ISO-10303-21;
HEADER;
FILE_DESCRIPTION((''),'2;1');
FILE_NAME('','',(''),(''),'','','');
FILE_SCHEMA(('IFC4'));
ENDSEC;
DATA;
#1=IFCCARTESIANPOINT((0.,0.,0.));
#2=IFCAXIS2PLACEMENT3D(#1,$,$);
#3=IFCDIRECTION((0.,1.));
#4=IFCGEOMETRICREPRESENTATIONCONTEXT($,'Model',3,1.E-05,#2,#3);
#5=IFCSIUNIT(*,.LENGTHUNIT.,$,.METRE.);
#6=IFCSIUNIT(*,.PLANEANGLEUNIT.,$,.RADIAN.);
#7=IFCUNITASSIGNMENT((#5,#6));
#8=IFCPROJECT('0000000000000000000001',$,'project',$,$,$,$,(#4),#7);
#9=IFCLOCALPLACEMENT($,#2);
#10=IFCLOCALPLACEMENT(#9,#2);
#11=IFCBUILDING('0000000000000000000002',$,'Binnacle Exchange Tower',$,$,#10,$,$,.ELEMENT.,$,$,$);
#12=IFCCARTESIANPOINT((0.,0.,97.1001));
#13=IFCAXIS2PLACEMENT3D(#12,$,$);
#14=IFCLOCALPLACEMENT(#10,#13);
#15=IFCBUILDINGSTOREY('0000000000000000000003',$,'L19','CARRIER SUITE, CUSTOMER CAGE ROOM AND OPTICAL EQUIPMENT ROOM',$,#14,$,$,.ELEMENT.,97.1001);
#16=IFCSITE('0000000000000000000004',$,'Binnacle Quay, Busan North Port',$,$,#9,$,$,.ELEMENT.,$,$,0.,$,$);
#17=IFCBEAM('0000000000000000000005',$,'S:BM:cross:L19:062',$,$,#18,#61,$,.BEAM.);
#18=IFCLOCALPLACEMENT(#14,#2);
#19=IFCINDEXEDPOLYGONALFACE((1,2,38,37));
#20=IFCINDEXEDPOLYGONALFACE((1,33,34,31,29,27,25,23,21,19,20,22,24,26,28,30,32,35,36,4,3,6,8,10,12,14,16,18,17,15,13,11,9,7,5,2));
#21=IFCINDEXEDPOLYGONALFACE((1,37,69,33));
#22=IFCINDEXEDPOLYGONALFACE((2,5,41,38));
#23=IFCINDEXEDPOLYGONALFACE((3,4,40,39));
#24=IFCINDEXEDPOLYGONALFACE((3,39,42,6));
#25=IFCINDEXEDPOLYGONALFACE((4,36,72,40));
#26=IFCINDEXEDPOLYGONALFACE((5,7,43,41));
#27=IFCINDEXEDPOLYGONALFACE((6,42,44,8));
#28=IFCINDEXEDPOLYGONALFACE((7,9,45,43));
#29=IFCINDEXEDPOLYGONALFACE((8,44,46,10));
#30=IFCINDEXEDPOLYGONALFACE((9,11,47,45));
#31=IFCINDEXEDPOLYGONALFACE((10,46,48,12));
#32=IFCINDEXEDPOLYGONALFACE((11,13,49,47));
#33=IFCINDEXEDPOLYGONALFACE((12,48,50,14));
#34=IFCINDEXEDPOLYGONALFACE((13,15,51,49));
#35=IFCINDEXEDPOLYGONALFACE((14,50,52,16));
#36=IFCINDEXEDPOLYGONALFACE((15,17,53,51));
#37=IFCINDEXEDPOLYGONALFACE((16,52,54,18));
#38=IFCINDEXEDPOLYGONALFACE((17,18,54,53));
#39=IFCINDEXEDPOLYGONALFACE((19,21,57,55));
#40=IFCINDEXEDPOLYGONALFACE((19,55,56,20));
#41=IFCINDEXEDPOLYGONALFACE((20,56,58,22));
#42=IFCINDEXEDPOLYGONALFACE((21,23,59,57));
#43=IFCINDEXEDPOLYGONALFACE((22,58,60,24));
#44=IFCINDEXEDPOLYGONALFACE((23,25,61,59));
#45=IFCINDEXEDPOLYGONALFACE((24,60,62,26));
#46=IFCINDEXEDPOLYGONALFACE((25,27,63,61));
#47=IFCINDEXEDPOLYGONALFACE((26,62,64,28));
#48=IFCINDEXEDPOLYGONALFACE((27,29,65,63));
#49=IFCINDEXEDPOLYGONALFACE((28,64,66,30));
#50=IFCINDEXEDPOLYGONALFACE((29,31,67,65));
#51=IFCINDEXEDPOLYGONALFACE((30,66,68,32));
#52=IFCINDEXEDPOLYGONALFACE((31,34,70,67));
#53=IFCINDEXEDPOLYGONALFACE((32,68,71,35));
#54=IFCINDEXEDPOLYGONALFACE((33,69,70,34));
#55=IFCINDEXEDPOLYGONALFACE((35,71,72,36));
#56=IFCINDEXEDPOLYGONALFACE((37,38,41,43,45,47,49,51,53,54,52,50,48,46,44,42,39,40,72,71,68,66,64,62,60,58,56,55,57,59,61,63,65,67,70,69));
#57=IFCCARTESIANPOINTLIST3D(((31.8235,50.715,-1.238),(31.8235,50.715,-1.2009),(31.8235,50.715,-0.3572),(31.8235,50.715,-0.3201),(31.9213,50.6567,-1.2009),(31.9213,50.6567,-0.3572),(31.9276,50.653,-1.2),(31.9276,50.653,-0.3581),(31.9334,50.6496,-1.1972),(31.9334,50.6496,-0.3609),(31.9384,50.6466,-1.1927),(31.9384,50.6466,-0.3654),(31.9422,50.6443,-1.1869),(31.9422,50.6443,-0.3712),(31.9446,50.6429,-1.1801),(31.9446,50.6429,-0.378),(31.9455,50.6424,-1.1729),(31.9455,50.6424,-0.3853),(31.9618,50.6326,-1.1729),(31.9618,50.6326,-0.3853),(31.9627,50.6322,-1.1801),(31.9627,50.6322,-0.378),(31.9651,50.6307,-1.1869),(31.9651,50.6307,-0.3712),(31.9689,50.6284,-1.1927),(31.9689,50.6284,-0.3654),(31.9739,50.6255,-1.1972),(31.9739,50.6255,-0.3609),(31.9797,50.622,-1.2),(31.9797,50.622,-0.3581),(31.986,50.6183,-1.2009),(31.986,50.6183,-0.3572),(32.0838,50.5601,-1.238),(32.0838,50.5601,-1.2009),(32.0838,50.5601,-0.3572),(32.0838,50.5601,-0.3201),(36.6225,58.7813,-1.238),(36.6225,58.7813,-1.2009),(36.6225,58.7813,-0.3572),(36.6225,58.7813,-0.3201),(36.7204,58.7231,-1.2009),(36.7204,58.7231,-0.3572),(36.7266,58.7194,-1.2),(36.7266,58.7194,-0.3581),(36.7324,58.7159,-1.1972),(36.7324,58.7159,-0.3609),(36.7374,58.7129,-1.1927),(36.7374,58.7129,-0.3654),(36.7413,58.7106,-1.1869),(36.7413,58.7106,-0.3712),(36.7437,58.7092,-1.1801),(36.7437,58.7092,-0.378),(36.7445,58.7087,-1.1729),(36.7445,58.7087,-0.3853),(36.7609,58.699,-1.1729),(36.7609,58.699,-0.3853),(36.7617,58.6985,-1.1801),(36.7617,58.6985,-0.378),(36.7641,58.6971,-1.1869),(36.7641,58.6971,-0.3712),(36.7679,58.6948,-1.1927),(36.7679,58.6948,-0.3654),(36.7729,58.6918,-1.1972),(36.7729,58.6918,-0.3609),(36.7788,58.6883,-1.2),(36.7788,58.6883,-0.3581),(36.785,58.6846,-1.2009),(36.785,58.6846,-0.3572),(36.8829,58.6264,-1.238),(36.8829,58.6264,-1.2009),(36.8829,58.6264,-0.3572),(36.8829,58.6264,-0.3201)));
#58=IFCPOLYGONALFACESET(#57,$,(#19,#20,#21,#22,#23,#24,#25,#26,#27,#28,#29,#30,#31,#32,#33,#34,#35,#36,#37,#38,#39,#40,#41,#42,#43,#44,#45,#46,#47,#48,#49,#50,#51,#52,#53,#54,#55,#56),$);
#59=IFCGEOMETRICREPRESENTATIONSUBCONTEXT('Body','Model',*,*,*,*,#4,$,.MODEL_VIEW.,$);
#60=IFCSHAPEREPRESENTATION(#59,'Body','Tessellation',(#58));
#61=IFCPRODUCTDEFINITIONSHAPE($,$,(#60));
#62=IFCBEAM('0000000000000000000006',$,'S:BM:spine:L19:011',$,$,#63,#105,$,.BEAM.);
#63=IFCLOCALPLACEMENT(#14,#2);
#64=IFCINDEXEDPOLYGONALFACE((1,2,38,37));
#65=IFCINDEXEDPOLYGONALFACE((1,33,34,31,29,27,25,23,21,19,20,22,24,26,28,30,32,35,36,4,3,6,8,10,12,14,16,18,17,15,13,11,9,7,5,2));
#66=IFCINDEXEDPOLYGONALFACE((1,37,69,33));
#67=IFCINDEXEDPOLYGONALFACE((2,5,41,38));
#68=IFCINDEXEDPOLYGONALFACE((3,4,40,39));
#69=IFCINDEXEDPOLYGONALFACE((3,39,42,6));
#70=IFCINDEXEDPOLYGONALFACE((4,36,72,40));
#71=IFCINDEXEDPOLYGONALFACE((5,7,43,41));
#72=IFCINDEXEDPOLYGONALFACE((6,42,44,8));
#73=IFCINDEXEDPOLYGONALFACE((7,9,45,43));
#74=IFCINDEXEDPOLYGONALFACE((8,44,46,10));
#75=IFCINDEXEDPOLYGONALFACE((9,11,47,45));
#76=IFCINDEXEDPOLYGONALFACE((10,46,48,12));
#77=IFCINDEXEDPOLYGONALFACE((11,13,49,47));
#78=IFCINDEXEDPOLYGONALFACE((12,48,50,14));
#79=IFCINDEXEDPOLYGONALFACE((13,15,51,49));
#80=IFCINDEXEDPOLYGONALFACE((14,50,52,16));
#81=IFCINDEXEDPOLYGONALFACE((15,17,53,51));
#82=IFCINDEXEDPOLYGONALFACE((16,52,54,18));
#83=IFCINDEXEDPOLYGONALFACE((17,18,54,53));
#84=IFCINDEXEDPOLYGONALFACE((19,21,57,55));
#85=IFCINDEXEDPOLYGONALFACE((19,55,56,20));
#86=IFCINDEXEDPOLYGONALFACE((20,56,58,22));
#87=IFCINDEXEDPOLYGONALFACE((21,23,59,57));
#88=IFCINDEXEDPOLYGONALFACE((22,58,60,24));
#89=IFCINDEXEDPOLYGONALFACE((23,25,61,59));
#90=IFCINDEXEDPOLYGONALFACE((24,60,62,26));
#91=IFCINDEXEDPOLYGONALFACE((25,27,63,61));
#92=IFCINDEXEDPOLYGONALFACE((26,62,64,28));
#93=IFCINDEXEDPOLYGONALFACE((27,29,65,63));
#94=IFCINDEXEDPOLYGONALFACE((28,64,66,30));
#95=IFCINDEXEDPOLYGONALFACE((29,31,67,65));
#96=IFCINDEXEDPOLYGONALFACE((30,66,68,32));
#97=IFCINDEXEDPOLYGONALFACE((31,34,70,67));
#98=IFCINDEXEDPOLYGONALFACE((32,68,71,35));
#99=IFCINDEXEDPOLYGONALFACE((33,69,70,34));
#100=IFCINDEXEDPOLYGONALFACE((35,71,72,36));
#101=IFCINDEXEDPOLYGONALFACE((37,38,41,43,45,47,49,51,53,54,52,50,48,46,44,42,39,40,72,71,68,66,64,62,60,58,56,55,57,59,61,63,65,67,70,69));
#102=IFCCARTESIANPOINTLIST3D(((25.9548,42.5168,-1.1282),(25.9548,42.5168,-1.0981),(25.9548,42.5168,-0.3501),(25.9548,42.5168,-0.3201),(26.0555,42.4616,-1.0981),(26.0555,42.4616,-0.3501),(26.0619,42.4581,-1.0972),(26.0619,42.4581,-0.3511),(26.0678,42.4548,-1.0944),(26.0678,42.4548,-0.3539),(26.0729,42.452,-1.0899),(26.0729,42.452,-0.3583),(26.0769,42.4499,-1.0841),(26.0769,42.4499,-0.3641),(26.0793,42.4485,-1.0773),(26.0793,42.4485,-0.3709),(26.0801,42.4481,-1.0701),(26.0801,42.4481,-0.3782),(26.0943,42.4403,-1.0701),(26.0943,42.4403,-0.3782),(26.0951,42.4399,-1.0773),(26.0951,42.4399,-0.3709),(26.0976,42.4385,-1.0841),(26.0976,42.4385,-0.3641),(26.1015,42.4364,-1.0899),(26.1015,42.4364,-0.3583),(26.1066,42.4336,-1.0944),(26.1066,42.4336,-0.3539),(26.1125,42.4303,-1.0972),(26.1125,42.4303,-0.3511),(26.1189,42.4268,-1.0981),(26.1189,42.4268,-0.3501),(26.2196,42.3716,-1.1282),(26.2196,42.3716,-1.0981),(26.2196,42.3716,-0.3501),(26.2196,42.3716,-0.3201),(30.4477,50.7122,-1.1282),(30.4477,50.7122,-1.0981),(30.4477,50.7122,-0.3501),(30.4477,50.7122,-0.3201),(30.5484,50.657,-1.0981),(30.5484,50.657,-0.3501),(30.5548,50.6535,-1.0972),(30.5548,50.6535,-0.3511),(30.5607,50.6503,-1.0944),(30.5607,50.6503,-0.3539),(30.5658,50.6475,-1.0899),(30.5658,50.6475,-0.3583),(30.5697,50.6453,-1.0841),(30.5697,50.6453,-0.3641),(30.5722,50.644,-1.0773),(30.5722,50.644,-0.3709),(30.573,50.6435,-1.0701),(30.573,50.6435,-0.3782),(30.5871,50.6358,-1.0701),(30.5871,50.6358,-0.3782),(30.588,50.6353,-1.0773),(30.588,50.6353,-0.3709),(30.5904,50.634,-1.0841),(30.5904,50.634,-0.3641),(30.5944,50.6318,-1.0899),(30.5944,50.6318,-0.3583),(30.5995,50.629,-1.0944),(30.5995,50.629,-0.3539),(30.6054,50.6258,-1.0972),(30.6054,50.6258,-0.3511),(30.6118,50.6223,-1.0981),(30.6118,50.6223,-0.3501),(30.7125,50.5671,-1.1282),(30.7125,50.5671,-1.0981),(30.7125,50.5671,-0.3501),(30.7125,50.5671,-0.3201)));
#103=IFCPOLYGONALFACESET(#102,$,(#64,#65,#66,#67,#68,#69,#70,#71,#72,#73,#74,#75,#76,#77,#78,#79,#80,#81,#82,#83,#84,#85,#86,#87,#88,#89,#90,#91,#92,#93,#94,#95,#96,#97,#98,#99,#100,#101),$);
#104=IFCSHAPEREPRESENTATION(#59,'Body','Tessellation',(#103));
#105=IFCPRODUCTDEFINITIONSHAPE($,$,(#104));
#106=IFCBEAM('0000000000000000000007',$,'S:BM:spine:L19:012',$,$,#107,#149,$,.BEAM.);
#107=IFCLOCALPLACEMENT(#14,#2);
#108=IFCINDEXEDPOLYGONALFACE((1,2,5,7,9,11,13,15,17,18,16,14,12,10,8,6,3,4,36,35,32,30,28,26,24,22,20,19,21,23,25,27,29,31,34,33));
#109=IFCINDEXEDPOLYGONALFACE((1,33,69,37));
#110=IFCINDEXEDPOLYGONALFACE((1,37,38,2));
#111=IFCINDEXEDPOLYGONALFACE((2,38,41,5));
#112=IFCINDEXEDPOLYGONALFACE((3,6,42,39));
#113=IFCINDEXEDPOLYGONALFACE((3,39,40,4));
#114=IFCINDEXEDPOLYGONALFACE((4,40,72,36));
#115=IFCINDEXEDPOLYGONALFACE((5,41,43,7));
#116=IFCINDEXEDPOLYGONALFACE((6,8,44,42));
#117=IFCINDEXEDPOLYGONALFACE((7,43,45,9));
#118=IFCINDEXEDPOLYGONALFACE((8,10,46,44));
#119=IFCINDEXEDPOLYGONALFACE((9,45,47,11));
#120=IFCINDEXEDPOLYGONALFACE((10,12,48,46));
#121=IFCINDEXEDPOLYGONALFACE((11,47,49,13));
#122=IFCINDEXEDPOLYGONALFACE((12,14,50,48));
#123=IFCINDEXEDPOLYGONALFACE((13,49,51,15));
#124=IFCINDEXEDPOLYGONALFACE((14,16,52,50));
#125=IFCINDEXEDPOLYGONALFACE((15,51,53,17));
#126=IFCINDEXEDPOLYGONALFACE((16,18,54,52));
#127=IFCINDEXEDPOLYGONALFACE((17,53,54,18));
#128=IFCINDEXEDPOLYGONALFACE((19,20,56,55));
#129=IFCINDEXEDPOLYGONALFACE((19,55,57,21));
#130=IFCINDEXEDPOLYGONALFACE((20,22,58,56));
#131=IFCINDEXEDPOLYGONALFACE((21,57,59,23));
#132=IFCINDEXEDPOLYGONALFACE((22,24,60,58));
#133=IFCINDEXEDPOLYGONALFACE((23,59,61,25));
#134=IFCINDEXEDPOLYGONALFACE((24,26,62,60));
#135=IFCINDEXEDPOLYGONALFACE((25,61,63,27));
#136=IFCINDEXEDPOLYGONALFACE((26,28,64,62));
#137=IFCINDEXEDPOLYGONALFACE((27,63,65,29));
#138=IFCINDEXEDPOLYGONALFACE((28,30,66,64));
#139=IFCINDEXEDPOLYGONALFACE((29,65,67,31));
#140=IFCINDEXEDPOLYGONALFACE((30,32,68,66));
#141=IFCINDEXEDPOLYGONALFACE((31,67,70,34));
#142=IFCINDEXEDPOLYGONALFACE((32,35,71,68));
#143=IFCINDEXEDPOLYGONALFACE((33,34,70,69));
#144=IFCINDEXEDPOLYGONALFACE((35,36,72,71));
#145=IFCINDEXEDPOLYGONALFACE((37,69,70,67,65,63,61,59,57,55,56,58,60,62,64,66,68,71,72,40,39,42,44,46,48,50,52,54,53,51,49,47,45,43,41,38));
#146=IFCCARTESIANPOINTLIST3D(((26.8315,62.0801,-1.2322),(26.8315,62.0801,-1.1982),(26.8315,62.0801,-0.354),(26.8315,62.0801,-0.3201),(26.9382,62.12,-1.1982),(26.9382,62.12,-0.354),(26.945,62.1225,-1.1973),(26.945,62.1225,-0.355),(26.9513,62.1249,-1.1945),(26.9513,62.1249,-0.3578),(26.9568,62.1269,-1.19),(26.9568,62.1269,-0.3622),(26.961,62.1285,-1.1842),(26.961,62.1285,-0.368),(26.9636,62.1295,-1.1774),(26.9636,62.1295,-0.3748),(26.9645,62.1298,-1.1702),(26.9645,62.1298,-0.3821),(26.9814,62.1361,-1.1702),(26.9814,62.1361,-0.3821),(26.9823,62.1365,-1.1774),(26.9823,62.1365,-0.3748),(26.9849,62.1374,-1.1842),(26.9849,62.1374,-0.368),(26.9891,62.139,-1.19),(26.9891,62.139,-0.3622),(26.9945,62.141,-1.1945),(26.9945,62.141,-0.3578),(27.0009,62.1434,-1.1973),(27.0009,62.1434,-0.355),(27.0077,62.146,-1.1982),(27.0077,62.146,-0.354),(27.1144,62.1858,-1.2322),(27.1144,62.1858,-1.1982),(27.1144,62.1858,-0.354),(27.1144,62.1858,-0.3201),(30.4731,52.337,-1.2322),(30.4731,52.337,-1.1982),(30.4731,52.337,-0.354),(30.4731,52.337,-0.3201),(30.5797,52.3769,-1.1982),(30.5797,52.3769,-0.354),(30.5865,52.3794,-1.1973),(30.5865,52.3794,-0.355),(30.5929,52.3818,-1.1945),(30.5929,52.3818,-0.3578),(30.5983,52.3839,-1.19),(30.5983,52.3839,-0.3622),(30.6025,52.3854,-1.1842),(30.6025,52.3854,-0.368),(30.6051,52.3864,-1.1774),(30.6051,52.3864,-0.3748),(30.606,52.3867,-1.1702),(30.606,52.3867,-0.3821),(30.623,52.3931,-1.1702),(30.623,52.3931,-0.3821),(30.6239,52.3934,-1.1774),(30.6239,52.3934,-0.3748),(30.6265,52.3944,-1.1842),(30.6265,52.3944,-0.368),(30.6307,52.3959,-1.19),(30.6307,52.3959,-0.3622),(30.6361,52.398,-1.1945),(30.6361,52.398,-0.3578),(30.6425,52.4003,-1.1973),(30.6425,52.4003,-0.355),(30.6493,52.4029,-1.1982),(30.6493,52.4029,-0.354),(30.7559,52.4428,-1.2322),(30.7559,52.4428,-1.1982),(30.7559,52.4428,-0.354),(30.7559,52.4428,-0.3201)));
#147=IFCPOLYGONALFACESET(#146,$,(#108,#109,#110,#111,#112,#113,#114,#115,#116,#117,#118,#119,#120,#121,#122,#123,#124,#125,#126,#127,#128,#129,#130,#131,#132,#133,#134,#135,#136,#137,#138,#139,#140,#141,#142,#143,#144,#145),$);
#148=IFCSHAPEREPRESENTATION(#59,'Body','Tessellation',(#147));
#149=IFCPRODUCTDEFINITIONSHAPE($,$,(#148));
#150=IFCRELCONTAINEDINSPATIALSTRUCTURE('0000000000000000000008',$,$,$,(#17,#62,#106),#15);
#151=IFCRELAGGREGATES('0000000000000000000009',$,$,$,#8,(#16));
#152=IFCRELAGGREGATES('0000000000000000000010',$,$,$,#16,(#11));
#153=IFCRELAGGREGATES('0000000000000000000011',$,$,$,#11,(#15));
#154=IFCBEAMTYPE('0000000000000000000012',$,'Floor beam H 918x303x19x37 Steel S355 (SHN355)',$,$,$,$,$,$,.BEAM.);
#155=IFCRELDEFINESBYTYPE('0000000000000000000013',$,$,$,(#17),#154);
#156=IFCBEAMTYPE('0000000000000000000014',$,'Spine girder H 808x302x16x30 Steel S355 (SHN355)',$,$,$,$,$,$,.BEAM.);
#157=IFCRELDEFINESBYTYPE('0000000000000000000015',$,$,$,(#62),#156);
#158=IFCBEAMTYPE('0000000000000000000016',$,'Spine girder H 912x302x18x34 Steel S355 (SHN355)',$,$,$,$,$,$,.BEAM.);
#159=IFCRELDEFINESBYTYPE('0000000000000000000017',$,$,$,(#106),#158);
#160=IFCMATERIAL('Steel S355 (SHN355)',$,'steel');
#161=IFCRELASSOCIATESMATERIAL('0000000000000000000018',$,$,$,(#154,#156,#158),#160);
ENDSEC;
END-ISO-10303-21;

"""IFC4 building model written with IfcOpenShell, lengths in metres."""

from ifc_helpers import new_model, si_unit, direction, frame, origin, origin_2d, place, context, subcontext, project, spatial, i_section, extrude, material, material_profile, profile_set, type_object, element, save


model = new_model("IFC4")

# Units and contexts
model_context = context("Model", 3, precision=1e-05, world=origin(), true_north=direction((0.0, 1.0)))
body_context = subcontext(model_context, "Body", "Model", "MODEL_VIEW")
ifc_project = project(units=[si_unit("LENGTHUNIT", "METRE"), si_unit("PLANEANGLEUNIT", "RADIAN")], contexts=[model_context])

# Site, building, storey
site_placement = place(None, origin())
site = spatial("IfcSite", under=ifc_project, at=site_placement, Name="Binnacle Quay, Busan North Port", CompositionType="ELEMENT", RefElevation=0.0)
building_placement = place(site_placement, origin())
building = spatial("IfcBuilding", under=site, at=building_placement, Name="Binnacle Exchange Tower", CompositionType="ELEMENT")
storey_placement = place(building_placement, frame((0.0, 0.0, 97.1001)))
storey = spatial("IfcBuildingStorey", under=building, at=storey_placement, Name="L19", Description="CARRIER SUITE, CUSTOMER CAGE ROOM AND OPTICAL EQUIPMENT ROOM", CompositionType="ELEMENT", Elevation=97.1001)

# Beams
ifc_material_1 = material(Name="Steel S355 (SHN355)", Category="steel")
ifc_material_profile_1 = material_profile(ifc_material_1, i_section(OverallWidth=0.303, OverallDepth=0.918, WebThickness=0.019, FlangeThickness=0.0371, FilletRadius=0.0281, at=origin_2d()), Name="H 918x303x19x37")
ifc_profile_set_1 = profile_set([ifc_material_profile_1], Name="Steel S355 (SHN355)")
beam_type_1 = type_object("IfcBeamType", Name="Floor beam H 918x303x19x37 Steel S355 (SHN355)", PredefinedType="BEAM", material=ifc_profile_set_1)
beam_1_placement = place(storey_placement, frame((36.7527, 58.7039, -0.7791), z_axis=(-0.511298, -0.859403, 0.0), x_axis=(0.859403, -0.511298, 0.0)))
element("IfcBeam", 1, at=beam_1_placement, inside=storey, type_object=beam_type_1, Name="S:BM:cross:L19:062", PredefinedType="BEAM", context=body_context, shape_type="SweptSolid", body=[
    extrude(i_section(OverallWidth=0.303, OverallDepth=0.918, WebThickness=0.019, FlangeThickness=0.0371, FilletRadius=0.0281, at=origin_2d()), origin(), (0.0, 0.0, 1.0), 9.386),
])
ifc_material_profile_2 = material_profile(ifc_material_1, i_section(OverallWidth=0.302, OverallDepth=0.8081, WebThickness=0.0161, FlangeThickness=0.03, FilletRadius=0.0281, at=origin_2d()), Name="H 808x302x16x30")
ifc_profile_set_2 = profile_set([ifc_material_profile_2], Name="Steel S355 (SHN355)")
beam_type_2 = type_object("IfcBeamType", Name="Spine girder H 808x302x16x30 Steel S355 (SHN355)", PredefinedType="BEAM", material=ifc_profile_set_2)
beam_2_placement = place(storey_placement, frame((30.5801, 50.6396, -0.7241), z_axis=(-0.480716, -0.876876, 0.0), x_axis=(0.876876, -0.480716, 0.0)))
element("IfcBeam", 2, at=beam_2_placement, inside=storey, type_object=beam_type_2, Name="S:BM:spine:L19:011", PredefinedType="BEAM", context=body_context, shape_type="SweptSolid", body=[
    extrude(i_section(OverallWidth=0.302, OverallDepth=0.8081, WebThickness=0.0161, FlangeThickness=0.03, FilletRadius=0.0281, at=origin_2d()), origin(), (0.0, 0.0, 1.0), 9.3462),
])
ifc_material_profile_3 = material_profile(ifc_material_1, i_section(OverallWidth=0.302, OverallDepth=0.9121, WebThickness=0.0181, FlangeThickness=0.0339, FilletRadius=0.0281, at=origin_2d()), Name="H 912x302x18x34")
ifc_profile_set_3 = profile_set([ifc_material_profile_3], Name="Steel S355 (SHN355)")
beam_type_3 = type_object("IfcBeamType", Name="Spine girder H 912x302x18x34 Steel S355 (SHN355)", PredefinedType="BEAM", material=ifc_profile_set_3)
beam_3_placement = place(storey_placement, frame((30.6145, 52.3899, -0.7761), z_axis=(-0.350105, 0.936711, 0.0), x_axis=(-0.936711, -0.350105, 0.0)))
element("IfcBeam", 3, at=beam_3_placement, inside=storey, type_object=beam_type_3, Name="S:BM:spine:L19:012", PredefinedType="BEAM", context=body_context, shape_type="SweptSolid", body=[
    extrude(i_section(OverallWidth=0.302, OverallDepth=0.9121, WebThickness=0.0181, FlangeThickness=0.0339, FilletRadius=0.0281, at=origin_2d()), origin(), (0.0, 0.0, 1.0), 10.4014),
])

save(model, "model.ifc")
